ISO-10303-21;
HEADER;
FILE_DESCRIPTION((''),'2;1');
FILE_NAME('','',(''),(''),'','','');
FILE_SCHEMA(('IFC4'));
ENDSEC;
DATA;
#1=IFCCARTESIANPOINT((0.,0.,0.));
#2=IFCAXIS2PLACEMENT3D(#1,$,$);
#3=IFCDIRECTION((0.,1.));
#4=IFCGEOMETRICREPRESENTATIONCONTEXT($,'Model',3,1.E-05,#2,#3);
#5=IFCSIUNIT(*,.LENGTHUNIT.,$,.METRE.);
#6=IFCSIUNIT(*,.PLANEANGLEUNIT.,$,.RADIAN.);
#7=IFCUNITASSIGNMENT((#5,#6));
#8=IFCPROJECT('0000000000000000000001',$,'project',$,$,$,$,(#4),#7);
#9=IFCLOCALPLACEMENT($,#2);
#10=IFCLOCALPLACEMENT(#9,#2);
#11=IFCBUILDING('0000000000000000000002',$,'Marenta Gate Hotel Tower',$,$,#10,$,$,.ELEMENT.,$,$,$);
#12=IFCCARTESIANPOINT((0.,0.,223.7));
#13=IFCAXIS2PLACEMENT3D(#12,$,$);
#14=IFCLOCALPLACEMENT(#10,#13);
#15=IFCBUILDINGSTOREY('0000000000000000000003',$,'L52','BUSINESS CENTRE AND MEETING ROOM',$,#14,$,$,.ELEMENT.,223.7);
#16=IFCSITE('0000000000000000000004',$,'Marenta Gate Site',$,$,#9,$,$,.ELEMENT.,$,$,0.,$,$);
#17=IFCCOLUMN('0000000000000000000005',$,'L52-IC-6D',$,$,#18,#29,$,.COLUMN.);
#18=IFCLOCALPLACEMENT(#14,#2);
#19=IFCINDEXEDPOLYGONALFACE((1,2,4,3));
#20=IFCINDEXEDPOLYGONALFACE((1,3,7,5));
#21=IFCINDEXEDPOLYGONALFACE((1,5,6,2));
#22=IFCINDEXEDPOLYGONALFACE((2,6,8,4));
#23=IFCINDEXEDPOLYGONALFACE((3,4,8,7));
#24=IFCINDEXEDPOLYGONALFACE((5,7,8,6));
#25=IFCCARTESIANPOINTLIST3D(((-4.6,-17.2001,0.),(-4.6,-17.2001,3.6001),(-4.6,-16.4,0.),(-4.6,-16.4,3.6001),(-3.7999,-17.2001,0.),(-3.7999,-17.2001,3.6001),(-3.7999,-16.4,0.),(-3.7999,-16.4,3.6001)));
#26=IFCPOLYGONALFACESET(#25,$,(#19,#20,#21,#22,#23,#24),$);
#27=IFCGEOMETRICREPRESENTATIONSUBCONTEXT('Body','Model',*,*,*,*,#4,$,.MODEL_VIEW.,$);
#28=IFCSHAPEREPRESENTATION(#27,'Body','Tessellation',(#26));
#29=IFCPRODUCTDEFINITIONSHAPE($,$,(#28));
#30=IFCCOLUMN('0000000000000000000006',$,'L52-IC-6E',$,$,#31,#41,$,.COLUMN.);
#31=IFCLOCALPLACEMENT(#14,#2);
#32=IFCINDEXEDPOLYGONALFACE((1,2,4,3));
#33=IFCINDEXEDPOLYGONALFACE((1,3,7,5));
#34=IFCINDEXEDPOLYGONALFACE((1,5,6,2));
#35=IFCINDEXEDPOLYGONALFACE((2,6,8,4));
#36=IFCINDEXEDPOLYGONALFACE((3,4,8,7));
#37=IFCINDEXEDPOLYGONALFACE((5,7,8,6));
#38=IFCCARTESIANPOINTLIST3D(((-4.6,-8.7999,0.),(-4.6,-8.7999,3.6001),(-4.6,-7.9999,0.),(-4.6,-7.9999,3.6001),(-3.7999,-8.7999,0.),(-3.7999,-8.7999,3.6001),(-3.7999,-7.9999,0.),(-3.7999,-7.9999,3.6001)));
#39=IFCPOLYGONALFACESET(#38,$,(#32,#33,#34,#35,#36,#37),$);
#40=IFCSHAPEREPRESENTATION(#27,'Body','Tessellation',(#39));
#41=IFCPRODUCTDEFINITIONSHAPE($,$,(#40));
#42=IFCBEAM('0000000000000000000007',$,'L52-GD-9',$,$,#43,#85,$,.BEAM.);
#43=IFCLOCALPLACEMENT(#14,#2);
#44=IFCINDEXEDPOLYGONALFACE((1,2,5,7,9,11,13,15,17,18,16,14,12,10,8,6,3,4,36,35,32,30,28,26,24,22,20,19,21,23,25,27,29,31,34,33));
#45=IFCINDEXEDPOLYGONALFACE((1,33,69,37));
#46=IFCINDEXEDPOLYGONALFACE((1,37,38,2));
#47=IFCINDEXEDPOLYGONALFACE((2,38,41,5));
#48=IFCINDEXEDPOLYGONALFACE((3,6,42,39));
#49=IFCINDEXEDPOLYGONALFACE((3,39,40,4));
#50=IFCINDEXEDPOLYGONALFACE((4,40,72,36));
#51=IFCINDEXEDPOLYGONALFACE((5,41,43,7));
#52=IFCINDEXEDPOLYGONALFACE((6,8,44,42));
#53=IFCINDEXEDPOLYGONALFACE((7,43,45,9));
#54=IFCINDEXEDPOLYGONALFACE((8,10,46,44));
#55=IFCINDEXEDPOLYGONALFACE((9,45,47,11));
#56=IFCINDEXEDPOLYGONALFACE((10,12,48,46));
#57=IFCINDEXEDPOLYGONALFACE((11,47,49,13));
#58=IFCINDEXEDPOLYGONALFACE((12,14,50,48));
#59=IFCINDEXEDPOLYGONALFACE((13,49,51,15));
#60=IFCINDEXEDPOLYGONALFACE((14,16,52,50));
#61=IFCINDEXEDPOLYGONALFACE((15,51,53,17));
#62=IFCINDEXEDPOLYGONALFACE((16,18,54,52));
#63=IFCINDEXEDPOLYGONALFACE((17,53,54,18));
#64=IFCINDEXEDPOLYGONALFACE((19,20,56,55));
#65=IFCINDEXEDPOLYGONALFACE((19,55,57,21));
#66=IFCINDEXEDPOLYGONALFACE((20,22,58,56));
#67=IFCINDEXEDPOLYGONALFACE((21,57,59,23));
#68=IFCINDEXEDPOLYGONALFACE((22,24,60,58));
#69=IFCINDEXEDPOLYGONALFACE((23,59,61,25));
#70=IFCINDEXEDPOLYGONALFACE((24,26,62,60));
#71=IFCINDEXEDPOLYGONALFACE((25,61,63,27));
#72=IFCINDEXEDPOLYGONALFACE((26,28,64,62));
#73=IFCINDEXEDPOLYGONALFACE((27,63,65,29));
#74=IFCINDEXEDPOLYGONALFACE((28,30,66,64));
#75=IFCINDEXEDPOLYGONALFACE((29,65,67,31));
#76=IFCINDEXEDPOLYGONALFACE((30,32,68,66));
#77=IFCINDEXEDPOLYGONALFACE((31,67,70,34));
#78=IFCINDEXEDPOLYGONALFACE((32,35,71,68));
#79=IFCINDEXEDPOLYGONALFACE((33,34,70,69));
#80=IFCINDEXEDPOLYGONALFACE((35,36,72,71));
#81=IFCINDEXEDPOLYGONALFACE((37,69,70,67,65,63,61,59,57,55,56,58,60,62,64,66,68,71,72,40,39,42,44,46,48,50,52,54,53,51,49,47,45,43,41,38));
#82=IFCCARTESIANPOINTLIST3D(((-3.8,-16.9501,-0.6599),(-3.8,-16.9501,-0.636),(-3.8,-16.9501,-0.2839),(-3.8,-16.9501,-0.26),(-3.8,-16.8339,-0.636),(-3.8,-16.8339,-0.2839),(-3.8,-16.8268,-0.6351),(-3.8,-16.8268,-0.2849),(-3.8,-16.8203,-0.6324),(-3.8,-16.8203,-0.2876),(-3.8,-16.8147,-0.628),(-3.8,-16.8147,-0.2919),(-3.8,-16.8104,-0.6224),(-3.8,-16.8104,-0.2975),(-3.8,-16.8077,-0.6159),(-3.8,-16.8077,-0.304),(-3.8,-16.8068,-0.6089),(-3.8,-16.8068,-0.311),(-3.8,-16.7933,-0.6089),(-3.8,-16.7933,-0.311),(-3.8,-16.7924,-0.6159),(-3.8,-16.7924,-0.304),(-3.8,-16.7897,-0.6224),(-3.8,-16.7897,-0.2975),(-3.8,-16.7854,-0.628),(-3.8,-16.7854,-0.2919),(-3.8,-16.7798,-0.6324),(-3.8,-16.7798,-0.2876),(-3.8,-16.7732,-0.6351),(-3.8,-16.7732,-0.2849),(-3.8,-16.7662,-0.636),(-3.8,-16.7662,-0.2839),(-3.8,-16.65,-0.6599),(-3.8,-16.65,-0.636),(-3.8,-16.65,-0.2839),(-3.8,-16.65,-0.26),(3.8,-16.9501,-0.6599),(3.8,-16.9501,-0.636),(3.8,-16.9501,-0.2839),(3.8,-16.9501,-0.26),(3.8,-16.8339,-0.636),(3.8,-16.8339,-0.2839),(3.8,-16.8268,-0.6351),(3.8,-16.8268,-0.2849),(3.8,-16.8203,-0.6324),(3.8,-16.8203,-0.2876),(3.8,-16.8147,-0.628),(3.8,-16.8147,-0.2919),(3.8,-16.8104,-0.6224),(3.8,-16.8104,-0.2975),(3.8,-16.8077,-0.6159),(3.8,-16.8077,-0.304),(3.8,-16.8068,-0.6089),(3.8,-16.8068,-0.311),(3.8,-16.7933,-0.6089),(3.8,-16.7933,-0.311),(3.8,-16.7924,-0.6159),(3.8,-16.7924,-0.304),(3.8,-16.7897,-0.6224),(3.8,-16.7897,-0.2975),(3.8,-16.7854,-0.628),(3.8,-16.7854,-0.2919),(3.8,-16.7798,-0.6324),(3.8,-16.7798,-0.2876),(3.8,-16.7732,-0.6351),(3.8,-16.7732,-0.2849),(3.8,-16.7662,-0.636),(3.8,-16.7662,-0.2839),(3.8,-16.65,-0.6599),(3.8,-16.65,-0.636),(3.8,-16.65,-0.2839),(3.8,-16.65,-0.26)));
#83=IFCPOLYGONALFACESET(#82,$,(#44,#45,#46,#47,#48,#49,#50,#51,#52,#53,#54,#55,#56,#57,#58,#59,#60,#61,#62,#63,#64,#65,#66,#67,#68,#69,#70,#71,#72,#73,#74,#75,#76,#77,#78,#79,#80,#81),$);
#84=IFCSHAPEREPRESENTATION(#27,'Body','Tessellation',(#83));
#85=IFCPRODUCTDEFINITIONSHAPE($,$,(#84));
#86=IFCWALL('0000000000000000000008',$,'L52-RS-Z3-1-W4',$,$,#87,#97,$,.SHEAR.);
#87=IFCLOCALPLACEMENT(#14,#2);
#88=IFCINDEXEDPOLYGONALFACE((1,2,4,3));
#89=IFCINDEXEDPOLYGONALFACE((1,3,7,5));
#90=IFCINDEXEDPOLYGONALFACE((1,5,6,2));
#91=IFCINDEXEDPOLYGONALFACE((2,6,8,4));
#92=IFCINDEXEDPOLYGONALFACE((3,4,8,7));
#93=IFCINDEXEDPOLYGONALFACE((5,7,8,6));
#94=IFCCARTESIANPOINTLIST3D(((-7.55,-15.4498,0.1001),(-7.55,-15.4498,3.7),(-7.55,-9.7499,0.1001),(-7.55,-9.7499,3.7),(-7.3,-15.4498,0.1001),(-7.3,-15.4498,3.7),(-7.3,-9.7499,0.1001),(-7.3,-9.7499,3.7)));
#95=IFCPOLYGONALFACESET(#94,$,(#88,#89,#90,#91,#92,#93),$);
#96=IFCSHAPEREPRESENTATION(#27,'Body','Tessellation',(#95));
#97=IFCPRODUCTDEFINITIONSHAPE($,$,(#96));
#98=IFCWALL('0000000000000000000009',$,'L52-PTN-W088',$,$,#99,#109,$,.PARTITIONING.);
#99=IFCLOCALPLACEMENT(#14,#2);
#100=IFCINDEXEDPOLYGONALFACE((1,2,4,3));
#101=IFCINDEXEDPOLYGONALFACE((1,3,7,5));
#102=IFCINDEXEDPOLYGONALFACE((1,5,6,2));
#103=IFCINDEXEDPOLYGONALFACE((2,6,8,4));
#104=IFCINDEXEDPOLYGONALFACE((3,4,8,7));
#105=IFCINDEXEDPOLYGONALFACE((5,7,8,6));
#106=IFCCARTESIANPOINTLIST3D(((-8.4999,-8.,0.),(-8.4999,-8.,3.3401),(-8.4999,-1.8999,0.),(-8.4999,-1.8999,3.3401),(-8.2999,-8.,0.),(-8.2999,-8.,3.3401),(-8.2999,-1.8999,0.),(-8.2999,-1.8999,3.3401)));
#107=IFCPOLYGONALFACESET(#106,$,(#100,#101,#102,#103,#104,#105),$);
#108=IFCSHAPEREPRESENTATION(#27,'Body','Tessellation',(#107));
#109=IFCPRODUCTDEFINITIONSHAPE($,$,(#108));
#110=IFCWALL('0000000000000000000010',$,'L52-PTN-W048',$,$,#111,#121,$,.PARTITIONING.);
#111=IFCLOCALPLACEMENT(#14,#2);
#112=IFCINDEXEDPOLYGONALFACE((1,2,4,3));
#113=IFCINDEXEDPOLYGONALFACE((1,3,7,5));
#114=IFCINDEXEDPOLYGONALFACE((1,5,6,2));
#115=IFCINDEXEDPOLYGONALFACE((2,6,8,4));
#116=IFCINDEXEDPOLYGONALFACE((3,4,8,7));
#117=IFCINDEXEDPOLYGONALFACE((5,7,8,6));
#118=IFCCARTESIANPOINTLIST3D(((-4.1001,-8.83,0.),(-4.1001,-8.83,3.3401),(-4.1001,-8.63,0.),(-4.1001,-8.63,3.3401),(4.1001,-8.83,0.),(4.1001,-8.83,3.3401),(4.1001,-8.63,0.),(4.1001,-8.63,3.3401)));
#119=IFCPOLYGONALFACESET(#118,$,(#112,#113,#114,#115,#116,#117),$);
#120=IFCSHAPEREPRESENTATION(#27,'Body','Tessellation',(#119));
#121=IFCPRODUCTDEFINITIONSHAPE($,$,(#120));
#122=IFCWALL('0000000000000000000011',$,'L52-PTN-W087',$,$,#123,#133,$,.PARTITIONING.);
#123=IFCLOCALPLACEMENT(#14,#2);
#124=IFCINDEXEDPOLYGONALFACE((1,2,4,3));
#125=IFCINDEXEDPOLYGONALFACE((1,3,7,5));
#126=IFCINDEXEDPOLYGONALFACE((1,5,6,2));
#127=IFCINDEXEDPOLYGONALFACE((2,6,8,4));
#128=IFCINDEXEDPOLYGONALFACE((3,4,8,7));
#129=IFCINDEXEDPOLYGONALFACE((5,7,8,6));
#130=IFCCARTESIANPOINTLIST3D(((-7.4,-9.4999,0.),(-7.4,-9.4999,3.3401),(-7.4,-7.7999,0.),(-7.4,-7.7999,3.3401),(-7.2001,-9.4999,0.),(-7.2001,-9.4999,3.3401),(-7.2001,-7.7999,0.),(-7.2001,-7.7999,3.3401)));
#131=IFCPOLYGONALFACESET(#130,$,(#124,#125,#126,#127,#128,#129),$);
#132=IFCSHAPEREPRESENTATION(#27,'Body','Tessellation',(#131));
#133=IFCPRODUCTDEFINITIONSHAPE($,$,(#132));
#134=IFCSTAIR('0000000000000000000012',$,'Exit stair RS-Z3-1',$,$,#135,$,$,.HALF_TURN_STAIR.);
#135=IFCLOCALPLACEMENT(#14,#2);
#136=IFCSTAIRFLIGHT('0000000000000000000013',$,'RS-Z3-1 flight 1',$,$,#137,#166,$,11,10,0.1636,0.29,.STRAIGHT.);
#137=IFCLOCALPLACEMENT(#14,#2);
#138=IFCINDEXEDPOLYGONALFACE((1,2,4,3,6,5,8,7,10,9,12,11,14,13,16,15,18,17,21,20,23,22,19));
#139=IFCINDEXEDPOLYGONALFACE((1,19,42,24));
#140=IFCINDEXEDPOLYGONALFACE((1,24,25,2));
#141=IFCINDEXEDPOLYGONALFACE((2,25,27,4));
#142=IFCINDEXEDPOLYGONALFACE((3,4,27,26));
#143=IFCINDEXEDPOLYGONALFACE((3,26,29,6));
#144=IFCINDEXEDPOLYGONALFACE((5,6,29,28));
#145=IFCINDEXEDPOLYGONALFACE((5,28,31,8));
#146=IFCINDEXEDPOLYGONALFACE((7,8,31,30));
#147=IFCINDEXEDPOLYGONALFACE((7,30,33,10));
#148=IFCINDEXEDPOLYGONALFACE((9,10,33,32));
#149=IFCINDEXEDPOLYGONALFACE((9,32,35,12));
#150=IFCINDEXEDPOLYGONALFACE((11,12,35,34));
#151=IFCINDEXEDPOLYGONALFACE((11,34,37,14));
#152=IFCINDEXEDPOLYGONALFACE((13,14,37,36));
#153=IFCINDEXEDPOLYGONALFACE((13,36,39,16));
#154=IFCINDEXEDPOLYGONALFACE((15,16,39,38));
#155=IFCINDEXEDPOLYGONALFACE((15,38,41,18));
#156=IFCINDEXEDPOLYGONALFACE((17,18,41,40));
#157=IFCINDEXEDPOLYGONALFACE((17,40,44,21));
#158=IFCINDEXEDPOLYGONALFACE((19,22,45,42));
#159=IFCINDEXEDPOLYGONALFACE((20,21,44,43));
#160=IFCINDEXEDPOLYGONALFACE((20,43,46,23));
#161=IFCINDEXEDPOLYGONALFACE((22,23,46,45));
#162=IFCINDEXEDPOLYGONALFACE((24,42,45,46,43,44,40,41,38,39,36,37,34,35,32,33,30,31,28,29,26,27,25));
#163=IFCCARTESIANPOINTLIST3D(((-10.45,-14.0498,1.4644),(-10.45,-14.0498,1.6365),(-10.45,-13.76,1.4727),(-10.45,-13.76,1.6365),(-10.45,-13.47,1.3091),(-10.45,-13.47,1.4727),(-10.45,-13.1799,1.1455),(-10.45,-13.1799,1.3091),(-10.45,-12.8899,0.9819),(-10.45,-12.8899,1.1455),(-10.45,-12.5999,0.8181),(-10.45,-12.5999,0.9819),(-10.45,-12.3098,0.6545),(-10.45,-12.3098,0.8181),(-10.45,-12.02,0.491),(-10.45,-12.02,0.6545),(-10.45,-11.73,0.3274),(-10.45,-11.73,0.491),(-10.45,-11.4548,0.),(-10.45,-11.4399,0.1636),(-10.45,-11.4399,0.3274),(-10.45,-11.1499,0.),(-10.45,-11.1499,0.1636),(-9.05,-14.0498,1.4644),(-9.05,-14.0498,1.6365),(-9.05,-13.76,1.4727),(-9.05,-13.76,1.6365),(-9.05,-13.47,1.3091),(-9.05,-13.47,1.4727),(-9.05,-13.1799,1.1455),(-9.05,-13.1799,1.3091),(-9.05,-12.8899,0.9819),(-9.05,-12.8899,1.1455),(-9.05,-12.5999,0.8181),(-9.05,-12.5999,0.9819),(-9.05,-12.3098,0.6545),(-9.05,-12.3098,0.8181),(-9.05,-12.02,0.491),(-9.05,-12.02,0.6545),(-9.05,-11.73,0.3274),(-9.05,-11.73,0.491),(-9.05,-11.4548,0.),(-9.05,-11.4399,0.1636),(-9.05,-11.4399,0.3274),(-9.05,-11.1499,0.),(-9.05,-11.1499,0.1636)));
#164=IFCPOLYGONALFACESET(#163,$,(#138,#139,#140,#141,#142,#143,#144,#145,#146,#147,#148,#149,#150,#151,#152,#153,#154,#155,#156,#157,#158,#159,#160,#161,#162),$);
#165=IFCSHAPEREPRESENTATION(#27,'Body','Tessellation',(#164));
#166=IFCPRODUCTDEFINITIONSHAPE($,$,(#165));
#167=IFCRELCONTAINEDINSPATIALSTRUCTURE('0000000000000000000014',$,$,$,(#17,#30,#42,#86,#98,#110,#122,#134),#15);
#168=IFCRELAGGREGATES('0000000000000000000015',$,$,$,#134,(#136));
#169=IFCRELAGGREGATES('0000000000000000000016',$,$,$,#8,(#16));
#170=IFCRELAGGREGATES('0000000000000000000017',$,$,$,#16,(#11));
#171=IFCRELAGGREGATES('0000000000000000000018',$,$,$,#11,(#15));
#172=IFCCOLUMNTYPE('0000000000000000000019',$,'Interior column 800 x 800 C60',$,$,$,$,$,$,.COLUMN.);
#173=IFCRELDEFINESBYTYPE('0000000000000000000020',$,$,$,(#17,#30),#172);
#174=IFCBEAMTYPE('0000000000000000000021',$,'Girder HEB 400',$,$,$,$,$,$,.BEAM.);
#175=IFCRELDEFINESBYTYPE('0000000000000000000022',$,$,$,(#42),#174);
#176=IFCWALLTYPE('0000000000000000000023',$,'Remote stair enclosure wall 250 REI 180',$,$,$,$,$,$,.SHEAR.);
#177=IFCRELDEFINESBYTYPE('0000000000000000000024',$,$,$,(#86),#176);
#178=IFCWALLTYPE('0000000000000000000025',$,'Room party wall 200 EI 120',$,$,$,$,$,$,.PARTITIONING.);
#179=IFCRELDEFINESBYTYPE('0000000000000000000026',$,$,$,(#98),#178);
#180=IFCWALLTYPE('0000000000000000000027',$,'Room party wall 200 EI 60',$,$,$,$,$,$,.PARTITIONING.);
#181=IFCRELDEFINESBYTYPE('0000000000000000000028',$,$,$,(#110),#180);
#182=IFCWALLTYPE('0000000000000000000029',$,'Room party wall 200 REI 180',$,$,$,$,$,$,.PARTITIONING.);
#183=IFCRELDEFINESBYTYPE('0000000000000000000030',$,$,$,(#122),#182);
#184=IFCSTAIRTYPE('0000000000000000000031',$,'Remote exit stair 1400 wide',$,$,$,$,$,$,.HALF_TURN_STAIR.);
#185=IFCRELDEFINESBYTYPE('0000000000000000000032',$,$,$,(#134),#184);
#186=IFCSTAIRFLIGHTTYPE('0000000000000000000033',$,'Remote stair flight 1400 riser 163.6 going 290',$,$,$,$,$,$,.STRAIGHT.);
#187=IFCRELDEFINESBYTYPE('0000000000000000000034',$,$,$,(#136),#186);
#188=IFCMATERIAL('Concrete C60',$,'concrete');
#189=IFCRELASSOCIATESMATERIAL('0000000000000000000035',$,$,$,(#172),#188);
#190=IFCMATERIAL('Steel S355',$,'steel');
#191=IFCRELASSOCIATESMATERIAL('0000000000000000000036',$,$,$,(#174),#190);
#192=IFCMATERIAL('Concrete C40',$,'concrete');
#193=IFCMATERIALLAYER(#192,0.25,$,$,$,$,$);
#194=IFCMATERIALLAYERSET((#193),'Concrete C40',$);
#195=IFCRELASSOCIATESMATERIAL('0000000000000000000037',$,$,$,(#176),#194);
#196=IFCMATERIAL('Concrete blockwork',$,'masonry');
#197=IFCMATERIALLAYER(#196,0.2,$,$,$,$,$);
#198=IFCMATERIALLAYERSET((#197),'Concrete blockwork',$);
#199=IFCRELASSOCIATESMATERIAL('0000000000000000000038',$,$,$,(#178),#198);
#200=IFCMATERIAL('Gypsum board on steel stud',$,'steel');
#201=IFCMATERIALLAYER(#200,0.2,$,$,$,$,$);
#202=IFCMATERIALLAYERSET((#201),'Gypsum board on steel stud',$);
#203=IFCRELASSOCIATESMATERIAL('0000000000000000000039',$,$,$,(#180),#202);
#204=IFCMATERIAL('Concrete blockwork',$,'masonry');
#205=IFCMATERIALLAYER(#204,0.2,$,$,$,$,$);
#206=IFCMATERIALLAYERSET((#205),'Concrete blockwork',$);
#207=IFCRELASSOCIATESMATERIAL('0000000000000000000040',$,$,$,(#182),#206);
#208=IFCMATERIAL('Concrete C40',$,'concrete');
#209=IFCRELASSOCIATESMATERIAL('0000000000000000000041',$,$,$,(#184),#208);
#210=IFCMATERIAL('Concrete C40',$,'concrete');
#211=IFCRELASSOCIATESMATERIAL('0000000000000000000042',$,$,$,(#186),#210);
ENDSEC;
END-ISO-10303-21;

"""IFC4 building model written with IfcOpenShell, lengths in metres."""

from ifc_helpers import new_model, si_unit, direction, frame, frame_2d, origin, origin_2d, place, context, subcontext, project, spatial, polyline, rectangle, i_section, outline, extrude, material, layer, layer_set, material_profile, profile_set, type_object, element, aggregate, save


model = new_model("IFC4")

# Units and contexts
model_context = context("Model", 3, precision=1e-05, world=origin(), true_north=direction((0.0, 1.0)))
body_context = subcontext(model_context, "Body", "Model", "MODEL_VIEW")
ifc_project = project(units=[si_unit("LENGTHUNIT", "METRE"), si_unit("PLANEANGLEUNIT", "RADIAN")], contexts=[model_context])

# Site, building, storey
site_placement = place(None, origin())
site = spatial("IfcSite", under=ifc_project, at=site_placement, Name="Marenta Gate Site", CompositionType="ELEMENT", RefElevation=0.0)
building_placement = place(site_placement, origin())
building = spatial("IfcBuilding", under=site, at=building_placement, Name="Marenta Gate Hotel Tower", CompositionType="ELEMENT")
storey_placement = place(building_placement, frame((0.0, 0.0, 223.7)))
storey = spatial("IfcBuildingStorey", under=building, at=storey_placement, Name="L52", Description="BUSINESS CENTRE AND MEETING ROOM", CompositionType="ELEMENT", Elevation=223.7)

# Columns
ifc_material_1 = material(Name="Concrete C60", Category="concrete")
ifc_material_profile_1 = material_profile(ifc_material_1, rectangle(XDim=0.8, YDim=0.8, at=origin_2d()), Name="800 x 800")
ifc_profile_set_1 = profile_set([ifc_material_profile_1], Name="Concrete C60")
column_type = type_object("IfcColumnType", Name="Interior column 800 x 800 C60", PredefinedType="COLUMN", material=ifc_profile_set_1)
for number, where, z_axis, x_axis, name in (
    (1, (-4.2, -16.8, 0.0), (0.0, 0.0, 1.0), (1.0, 0.0, 0.0), "L52-IC-6D"),
    (2, (-4.2, -8.3999, 0.0), (0.0, 0.0, 1.0), (1.0, 0.0, 0.0), "L52-IC-6E"),
):
    element("IfcColumn", number, at=place(storey_placement, frame(where, z_axis=z_axis, x_axis=x_axis)), inside=storey, type_object=column_type, Name=name, PredefinedType="COLUMN", context=body_context, shape_type="SweptSolid", body=[
        extrude(rectangle(XDim=0.8, YDim=0.8, at=origin_2d()), origin(), (0.0, 0.0, 1.0), 3.6001),
    ])

# Beam
ifc_material_2 = material(Name="Steel S355", Category="steel")
ifc_material_profile_2 = material_profile(ifc_material_2, i_section(OverallWidth=0.3, OverallDepth=0.3999, WebThickness=0.0134, FlangeThickness=0.0239, FilletRadius=0.0271, at=origin_2d()), Name="HEB 400")
ifc_profile_set_2 = profile_set([ifc_material_profile_2], Name="Steel S355")
beam_type = type_object("IfcBeamType", Name="Girder HEB 400", PredefinedType="BEAM", material=ifc_profile_set_2)
beam_placement = place(storey_placement, frame((-3.8, -16.8, -0.46), z_axis=(1.0, 0.0, 0.0), x_axis=(0.0, 1.0, 0.0)))
element("IfcBeam", 3, at=beam_placement, inside=storey, type_object=beam_type, Name="L52-GD-9", PredefinedType="BEAM", context=body_context, shape_type="SweptSolid", body=[
    extrude(i_section(OverallWidth=0.3, OverallDepth=0.3999, WebThickness=0.0134, FlangeThickness=0.0239, FilletRadius=0.0271, at=origin_2d()), origin(), (0.0, 0.0, 1.0), 7.6001),
])

# Wall
ifc_material_3 = material(Name="Concrete C40", Category="concrete")
ifc_layer_1 = layer(ifc_material_3, 0.25)
ifc_layer_set_1 = layer_set([ifc_layer_1], Name="Concrete C40")
wall_type_1 = type_object("IfcWallType", Name="Remote stair enclosure wall 250 REI 180", PredefinedType="SHEAR", material=ifc_layer_set_1)
wall_1_placement = place(storey_placement, frame((-7.425, -15.45, 0.1001), z_axis=(0.0, 0.0, 1.0), x_axis=(0.0, 1.0, 0.0)))
element("IfcWall", 4, at=wall_1_placement, inside=storey, type_object=wall_type_1, Name="L52-RS-Z3-1-W4", PredefinedType="SHEAR", context=body_context, shape_type="SweptSolid", body=[
    extrude(rectangle(XDim=5.7, YDim=0.25, at=frame_2d((2.8501, 0.0))), origin(), (0.0, 0.0, 1.0), 3.5999),
])

# Walls
ifc_material_4 = material(Name="Concrete blockwork", Category="masonry")
ifc_layer_2 = layer(ifc_material_4, 0.2)
ifc_layer_set_2 = layer_set([ifc_layer_2], Name="Concrete blockwork")
wall_type_2 = type_object("IfcWallType", Name="Room party wall 200 EI 120", PredefinedType="PARTITIONING", material=ifc_layer_set_2)
wall_2_placement = place(storey_placement, frame((-8.3999, -8.0, 0.0), z_axis=(0.0, 0.0, 1.0), x_axis=(0.0, 1.0, 0.0)))
element("IfcWall", 5, at=wall_2_placement, inside=storey, type_object=wall_type_2, Name="L52-PTN-W088", PredefinedType="PARTITIONING", context=body_context, shape_type="SweptSolid", body=[
    extrude(rectangle(XDim=6.1001, YDim=0.2, at=frame_2d((3.05, 0.0))), origin(), (0.0, 0.0, 1.0), 3.3401),
])
ifc_material_5 = material(Name="Gypsum board on steel stud", Category="steel")
ifc_layer_3 = layer(ifc_material_5, 0.2)
ifc_layer_set_3 = layer_set([ifc_layer_3], Name="Gypsum board on steel stud")
wall_type_3 = type_object("IfcWallType", Name="Room party wall 200 EI 60", PredefinedType="PARTITIONING", material=ifc_layer_set_3)
wall_3_placement = place(storey_placement, frame((-4.1001, -8.73, 0.0), z_axis=(0.0, 0.0, 1.0), x_axis=(1.0, 0.0, 0.0)))
element("IfcWall", 6, at=wall_3_placement, inside=storey, type_object=wall_type_3, Name="L52-PTN-W048", PredefinedType="PARTITIONING", context=body_context, shape_type="SweptSolid", body=[
    extrude(rectangle(XDim=8.2002, YDim=0.2, at=frame_2d((4.1001, 0.0))), origin(), (0.0, 0.0, 1.0), 3.3401),
])
ifc_material_6 = material(Name="Concrete blockwork", Category="masonry")
ifc_layer_4 = layer(ifc_material_6, 0.2)
ifc_layer_set_4 = layer_set([ifc_layer_4], Name="Concrete blockwork")
wall_type_4 = type_object("IfcWallType", Name="Room party wall 200 REI 180", PredefinedType="PARTITIONING", material=ifc_layer_set_4)
wall_4_placement = place(storey_placement, frame((-7.3, -9.5, 0.0), z_axis=(0.0, 0.0, 1.0), x_axis=(0.0, 1.0, 0.0)))
element("IfcWall", 7, at=wall_4_placement, inside=storey, type_object=wall_type_4, Name="L52-PTN-W087", PredefinedType="PARTITIONING", context=body_context, shape_type="SweptSolid", body=[
    extrude(rectangle(XDim=1.7, YDim=0.2, at=frame_2d((0.8501, 0.0))), origin(), (0.0, 0.0, 1.0), 3.3401),
])

# Stair, stair flight
ifc_material_7 = material(Name="Concrete C40", Category="concrete")
stair_type = type_object("IfcStairType", Name="Remote exit stair 1400 wide", PredefinedType="HALF_TURN_STAIR", material=ifc_material_7)
stair_placement = place(storey_placement, origin())
stair = element("IfcStair", 8, at=stair_placement, inside=storey, type_object=stair_type, Name="Exit stair RS-Z3-1", PredefinedType="HALF_TURN_STAIR")
ifc_material_8 = material(Name="Concrete C40", Category="concrete")
stair_flight_type = type_object("IfcStairFlightType", Name="Remote stair flight 1400 riser 163.6 going 290", PredefinedType="STRAIGHT", material=ifc_material_8)
stair_flight_1_placement = place(storey_placement, frame((-9.75, -11.1499, 0.0), z_axis=(0.0, 0.0, 1.0), x_axis=(0.0, -1.0, 0.0)))
stair_flight_1 = element("IfcStairFlight", 9, at=stair_flight_1_placement, type_object=stair_flight_type, Name="RS-Z3-1 flight 1", NumberOfRisers=11, NumberOfTreads=10, PredefinedType="STRAIGHT", RiserHeight=0.1636, TreadLength=0.29, context=body_context, shape_type="SweptSolid", body=[
    extrude(outline(polyline([(0.0, 0.0), (0.0, 0.1636), (0.29, 0.1636), (0.29, 0.3274), (0.5801, 0.3274), (0.5801, 0.491), (0.8701, 0.491), (0.8701, 0.6545), (1.1599, 0.6545), (1.1599, 0.8181), (1.45, 0.8181), (1.45, 0.9819), (1.74, 0.9819), (1.74, 1.1455), (2.03, 1.1455), (2.03, 1.3091), (2.3201, 1.3091), (2.3201, 1.4727), (2.6101, 1.4727), (2.6101, 1.6365), (2.8999, 1.6365), (2.8999, 1.8), (2.8999, 1.4644), (0.3049, 0.0), (0.0, 0.0)])), frame((0.0, 0.7, 0.0), z_axis=(0.0, -1.0, 0.0), x_axis=(1.0, 0.0, 0.0)), (0.0, 0.0, 1.0), 1.3999),
])
aggregate(stair, [stair_flight_1])

save(model, "model.ifc")
